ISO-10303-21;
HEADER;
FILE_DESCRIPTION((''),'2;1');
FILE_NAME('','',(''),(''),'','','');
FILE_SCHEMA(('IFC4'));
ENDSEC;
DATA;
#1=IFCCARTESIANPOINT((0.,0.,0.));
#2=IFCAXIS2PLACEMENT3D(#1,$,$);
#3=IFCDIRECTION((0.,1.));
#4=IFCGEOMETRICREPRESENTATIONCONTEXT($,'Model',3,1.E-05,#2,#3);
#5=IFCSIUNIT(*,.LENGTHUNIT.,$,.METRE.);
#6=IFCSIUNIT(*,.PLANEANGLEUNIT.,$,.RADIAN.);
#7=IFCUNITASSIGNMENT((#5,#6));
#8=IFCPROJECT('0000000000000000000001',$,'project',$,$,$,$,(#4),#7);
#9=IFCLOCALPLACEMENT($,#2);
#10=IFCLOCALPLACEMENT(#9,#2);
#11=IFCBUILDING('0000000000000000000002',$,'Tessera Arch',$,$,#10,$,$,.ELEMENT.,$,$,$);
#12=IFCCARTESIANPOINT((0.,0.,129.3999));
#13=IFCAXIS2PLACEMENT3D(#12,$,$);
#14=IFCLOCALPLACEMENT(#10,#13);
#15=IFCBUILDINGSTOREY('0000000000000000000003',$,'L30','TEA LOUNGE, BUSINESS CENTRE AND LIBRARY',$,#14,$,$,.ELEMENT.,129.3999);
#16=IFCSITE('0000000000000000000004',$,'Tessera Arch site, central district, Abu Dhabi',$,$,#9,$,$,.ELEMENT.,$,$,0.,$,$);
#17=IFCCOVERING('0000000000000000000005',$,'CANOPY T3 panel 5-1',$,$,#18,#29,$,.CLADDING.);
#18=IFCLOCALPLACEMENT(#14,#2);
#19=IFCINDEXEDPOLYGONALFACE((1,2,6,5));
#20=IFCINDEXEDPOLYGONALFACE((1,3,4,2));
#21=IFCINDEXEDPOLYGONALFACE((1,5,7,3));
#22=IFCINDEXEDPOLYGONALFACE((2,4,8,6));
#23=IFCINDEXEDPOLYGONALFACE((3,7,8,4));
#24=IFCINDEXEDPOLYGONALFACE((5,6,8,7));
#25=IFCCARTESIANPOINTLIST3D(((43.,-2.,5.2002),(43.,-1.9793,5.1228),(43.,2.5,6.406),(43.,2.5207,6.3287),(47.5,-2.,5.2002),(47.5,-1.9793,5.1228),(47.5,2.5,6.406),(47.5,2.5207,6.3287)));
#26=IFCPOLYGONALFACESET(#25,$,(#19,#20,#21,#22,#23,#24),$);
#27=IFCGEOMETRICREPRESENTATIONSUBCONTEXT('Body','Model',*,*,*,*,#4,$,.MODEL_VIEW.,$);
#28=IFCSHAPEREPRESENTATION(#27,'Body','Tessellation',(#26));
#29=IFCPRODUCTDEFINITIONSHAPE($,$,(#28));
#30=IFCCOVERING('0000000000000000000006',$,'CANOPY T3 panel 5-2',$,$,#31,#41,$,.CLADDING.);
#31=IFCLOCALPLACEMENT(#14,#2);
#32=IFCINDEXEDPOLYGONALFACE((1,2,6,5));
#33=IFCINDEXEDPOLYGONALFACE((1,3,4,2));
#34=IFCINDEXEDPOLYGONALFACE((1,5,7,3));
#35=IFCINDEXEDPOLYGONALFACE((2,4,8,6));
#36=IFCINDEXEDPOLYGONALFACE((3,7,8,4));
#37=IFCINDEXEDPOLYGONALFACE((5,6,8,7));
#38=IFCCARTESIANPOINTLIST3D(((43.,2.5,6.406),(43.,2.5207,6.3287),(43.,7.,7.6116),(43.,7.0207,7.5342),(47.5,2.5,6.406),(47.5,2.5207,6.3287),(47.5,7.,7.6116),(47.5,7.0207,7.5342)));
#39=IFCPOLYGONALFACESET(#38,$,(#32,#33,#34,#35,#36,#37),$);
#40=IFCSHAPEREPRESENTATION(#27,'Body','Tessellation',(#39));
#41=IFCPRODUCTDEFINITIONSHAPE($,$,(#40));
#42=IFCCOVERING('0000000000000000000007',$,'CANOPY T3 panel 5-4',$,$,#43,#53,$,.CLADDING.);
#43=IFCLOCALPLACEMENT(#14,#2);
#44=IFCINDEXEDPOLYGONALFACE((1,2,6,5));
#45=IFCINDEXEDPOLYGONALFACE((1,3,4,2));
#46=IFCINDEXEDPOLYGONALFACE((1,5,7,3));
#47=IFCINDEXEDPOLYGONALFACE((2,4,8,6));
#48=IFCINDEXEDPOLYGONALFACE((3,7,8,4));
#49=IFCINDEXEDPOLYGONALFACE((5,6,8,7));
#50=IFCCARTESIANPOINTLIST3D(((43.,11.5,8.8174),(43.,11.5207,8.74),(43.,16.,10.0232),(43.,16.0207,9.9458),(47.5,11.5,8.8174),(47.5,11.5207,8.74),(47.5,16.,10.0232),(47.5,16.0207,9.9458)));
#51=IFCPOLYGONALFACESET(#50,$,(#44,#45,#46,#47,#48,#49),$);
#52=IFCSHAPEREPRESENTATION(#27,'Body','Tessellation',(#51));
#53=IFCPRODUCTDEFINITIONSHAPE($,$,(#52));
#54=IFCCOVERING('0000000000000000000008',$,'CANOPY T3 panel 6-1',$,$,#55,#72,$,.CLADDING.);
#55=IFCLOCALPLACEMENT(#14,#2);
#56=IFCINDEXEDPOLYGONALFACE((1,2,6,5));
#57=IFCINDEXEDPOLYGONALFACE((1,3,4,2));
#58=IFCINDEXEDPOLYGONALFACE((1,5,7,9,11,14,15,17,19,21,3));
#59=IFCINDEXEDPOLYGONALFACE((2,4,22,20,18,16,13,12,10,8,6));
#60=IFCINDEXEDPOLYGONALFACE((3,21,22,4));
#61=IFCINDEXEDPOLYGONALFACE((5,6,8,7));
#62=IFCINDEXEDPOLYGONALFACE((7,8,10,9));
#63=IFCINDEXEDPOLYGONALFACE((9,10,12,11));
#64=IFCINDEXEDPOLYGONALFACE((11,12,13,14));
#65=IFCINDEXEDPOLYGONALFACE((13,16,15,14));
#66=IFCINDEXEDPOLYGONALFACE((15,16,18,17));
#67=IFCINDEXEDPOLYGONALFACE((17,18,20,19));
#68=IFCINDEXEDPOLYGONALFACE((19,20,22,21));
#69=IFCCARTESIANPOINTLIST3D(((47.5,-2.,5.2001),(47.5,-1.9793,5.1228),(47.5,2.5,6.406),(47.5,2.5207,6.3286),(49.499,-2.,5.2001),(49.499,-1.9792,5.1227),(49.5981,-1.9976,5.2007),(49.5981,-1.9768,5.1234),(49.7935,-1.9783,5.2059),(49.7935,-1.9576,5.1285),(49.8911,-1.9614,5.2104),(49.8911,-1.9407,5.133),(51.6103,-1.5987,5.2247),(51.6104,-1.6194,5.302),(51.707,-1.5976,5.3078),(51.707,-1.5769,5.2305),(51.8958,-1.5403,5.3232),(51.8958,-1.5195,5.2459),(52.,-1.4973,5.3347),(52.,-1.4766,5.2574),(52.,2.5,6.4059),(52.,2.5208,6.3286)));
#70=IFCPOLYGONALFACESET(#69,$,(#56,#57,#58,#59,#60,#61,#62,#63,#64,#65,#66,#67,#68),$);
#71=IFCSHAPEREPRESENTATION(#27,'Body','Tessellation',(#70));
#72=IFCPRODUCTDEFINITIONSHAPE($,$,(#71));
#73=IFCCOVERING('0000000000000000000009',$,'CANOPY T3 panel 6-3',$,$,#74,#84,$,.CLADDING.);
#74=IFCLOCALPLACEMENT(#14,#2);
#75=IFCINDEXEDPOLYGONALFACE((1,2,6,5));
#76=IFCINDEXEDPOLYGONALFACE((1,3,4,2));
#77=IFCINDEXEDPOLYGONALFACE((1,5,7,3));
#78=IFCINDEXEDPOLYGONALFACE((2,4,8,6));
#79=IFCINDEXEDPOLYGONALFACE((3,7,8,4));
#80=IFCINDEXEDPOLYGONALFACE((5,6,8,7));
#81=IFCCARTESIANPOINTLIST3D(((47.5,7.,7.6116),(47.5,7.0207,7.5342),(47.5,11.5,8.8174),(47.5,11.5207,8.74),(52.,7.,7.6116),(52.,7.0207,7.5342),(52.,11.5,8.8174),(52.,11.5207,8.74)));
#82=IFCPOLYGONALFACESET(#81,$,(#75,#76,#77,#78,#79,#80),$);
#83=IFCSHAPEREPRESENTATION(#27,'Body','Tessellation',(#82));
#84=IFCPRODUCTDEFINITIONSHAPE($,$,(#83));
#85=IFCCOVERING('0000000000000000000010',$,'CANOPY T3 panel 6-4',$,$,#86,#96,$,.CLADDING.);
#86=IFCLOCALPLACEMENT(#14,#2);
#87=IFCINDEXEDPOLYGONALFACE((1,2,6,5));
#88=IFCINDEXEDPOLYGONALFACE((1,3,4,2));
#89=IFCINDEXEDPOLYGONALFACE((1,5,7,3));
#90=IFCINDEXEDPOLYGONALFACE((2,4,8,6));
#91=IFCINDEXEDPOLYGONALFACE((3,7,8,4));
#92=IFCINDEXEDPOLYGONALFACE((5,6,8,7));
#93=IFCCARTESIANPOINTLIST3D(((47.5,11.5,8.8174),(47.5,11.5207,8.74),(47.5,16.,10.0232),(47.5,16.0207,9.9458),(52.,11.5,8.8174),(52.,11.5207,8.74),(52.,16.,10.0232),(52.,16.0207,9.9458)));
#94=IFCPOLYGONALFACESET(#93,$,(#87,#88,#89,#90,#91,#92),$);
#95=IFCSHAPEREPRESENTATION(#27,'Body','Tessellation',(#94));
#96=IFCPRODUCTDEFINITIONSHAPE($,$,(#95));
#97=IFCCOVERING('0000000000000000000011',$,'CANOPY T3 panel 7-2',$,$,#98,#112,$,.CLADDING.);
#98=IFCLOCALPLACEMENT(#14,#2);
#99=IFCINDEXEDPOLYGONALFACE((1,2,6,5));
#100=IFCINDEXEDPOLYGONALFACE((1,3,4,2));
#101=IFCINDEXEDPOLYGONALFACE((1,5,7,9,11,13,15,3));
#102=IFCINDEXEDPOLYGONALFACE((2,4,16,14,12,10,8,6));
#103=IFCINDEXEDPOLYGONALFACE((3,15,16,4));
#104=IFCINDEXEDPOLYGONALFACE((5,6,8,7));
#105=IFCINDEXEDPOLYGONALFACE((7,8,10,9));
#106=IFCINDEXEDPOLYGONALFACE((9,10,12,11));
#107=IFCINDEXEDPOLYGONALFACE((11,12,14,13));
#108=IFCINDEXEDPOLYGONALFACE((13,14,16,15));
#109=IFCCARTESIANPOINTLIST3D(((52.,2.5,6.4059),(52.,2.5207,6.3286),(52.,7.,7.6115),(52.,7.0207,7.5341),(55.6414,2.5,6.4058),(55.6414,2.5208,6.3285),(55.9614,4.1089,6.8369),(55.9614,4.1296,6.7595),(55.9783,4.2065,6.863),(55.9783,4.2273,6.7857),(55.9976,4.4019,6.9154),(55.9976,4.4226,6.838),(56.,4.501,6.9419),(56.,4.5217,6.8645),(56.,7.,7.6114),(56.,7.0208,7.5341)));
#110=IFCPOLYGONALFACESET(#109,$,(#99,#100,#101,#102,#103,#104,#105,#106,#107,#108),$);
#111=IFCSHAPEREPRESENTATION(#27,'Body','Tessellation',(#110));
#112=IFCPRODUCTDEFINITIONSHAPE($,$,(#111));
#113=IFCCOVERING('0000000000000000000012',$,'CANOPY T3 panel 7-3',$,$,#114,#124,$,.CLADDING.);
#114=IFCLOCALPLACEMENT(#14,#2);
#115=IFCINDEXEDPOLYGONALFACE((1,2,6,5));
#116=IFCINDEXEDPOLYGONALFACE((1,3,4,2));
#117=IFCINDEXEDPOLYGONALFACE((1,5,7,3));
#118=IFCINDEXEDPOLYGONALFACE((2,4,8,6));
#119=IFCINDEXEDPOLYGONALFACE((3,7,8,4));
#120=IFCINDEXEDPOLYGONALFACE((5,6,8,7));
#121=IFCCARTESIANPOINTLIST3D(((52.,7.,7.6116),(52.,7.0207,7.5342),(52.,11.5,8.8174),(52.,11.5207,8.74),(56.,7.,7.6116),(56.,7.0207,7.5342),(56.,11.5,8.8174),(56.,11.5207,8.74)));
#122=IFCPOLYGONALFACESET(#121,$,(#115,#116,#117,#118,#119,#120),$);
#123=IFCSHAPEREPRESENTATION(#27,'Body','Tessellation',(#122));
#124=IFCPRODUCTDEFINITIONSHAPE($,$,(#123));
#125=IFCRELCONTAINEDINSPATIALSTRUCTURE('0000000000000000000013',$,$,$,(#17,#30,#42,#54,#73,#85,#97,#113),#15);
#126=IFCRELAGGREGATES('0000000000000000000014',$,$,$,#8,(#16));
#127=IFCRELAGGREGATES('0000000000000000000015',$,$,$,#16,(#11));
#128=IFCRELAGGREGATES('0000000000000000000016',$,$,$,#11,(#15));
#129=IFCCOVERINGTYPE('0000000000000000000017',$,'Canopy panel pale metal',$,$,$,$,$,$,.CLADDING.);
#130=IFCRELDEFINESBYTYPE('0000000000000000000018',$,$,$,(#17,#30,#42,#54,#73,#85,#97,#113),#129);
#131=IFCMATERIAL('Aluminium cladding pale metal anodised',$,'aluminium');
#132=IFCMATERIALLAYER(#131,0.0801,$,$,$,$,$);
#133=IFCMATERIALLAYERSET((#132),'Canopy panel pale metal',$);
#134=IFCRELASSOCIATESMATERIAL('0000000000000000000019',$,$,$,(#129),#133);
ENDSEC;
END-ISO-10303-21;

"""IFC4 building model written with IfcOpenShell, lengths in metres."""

from ifc_helpers import new_model, si_unit, direction, frame, origin, place, context, subcontext, project, spatial, polyline, outline, extrude, material, layer, layer_set, type_object, element, save


model = new_model("IFC4")

# Units and contexts
model_context = context("Model", 3, precision=1e-05, world=origin(), true_north=direction((0.0, 1.0)))
body_context = subcontext(model_context, "Body", "Model", "MODEL_VIEW")
ifc_project = project(units=[si_unit("LENGTHUNIT", "METRE"), si_unit("PLANEANGLEUNIT", "RADIAN")], contexts=[model_context])

# Site, building, storey
site_placement = place(None, origin())
site = spatial("IfcSite", under=ifc_project, at=site_placement, Name="Tessera Arch site, central district, Abu Dhabi", CompositionType="ELEMENT", RefElevation=0.0)
building_placement = place(site_placement, origin())
building = spatial("IfcBuilding", under=site, at=building_placement, Name="Tessera Arch", CompositionType="ELEMENT")
storey_placement = place(building_placement, frame((0.0, 0.0, 129.3999)))
storey = spatial("IfcBuildingStorey", under=building, at=storey_placement, Name="L30", Description="TEA LOUNGE, BUSINESS CENTRE AND LIBRARY", CompositionType="ELEMENT", Elevation=129.3999)

# Coverings
ifc_material_1 = material(Name="Aluminium cladding pale metal anodised", Category="aluminium")
ifc_layer_1 = layer(ifc_material_1, 0.0801)
ifc_layer_set_1 = layer_set([ifc_layer_1], Name="Canopy panel pale metal")
covering_type_1 = type_object("IfcCoveringType", Name="Canopy panel pale metal", PredefinedType="CLADDING", material=ifc_layer_set_1)
for number, where, z_axis, x_axis, name in (
    (1, (47.5, -2.0, 5.2002), (0.0, -0.258827, 0.965924), (0.0, 0.965924, 0.258827), "CANOPY T3 panel 5-1"),
):
    element("IfcCovering", number, at=place(storey_placement, frame(where, z_axis=z_axis, x_axis=x_axis)), inside=storey, type_object=covering_type_1, Name=name, PredefinedType="CLADDING", context=body_context, shape_type="SweptSolid", body=[
        extrude(outline(polyline([(0.0, 0.0), (4.6588, 0.0), (4.6588, 4.5), (0.0, 4.5), (0.0, 0.0)])), origin(), (0.0, 0.0, -1.0), 0.0801),
    ])
covering_1_placement = place(storey_placement, frame((47.5, 2.5, 6.406), z_axis=(0.0, -0.258778, 0.965937), x_axis=(0.0, 0.965937, 0.258778)))
element("IfcCovering", 2, at=covering_1_placement, inside=storey, type_object=covering_type_1, Name="CANOPY T3 panel 5-2", PredefinedType="CLADDING", context=body_context, shape_type="SweptSolid", body=[
    extrude(outline(polyline([(0.0, 0.0), (4.6587, 0.0), (4.6587, 4.5), (0.0, 4.5), (0.0, 0.0)])), origin(), (0.0, 0.0, -1.0), 0.0801),
])
covering_2_placement = place(storey_placement, frame((47.5, 11.5, 8.8174), z_axis=(0.0, -0.258827, 0.965924), x_axis=(0.0, 0.965924, 0.258827)))
element("IfcCovering", 3, at=covering_2_placement, inside=storey, type_object=covering_type_1, Name="CANOPY T3 panel 5-4", PredefinedType="CLADDING", context=body_context, shape_type="SweptSolid", body=[
    extrude(outline(polyline([(0.0, 0.0), (4.6588, 0.0), (4.6588, 4.5), (0.0, 4.5), (0.0, 0.0)])), origin(), (0.0, 0.0, -1.0), 0.0801),
])
covering_3_placement = place(storey_placement, frame((52.0, -1.4973, 5.3347), z_axis=(0.000021, -0.258843, 0.965919), x_axis=(0.0, 0.965919, 0.258843)))
element("IfcCovering", 4, at=covering_3_placement, inside=storey, type_object=covering_type_1, Name="CANOPY T3 panel 6-1", PredefinedType="CLADDING", context=body_context, shape_type="SweptSolid", body=[
    extrude(outline(polyline([(0.0, 0.0), (4.1384, 0.0), (4.1384, 4.5), (-0.5204, 4.5), (-0.5204, 2.501), (-0.5179, 2.4019), (-0.4979, 2.2065), (-0.4805, 2.1089), (-0.1264, 0.3896), (-0.1039, 0.293), (-0.0445, 0.1042), (0.0, 0.0)])), origin(), (0.0, 0.0, -1.0), 0.0801),
])
for number, where, z_axis, x_axis, name in (
    (5, (52.0, 7.0, 7.6116), (0.0, -0.258827, 0.965924), (0.0, 0.965924, 0.258827), "CANOPY T3 panel 6-3"),
    (6, (52.0, 11.5, 8.8174), (0.0, -0.258827, 0.965924), (0.0, 0.965924, 0.258827), "CANOPY T3 panel 6-4"),
):
    element("IfcCovering", number, at=place(storey_placement, frame(where, z_axis=z_axis, x_axis=x_axis)), inside=storey, type_object=covering_type_1, Name=name, PredefinedType="CLADDING", context=body_context, shape_type="SweptSolid", body=[
        extrude(outline(polyline([(0.0, 0.0), (4.6588, 0.0), (4.6588, 4.5), (0.0, 4.5), (0.0, 0.0)])), origin(), (0.0, 0.0, -1.0), 0.0801),
    ])
covering_4_placement = place(storey_placement, frame((56.0, 4.501, 6.9419), z_axis=(0.00002, -0.258779, 0.965937), x_axis=(0.0, 0.965937, 0.258779)))
element("IfcCovering", 7, at=covering_4_placement, inside=storey, type_object=covering_type_1, Name="CANOPY T3 panel 7-2", PredefinedType="CLADDING", context=body_context, shape_type="SweptSolid", body=[
    extrude(outline(polyline([(0.0, 0.0), (2.5872, 0.0), (2.5872, 4.0), (-2.0715, 4.0), (-2.0715, 0.3586), (-0.4059, 0.0386), (-0.3048, 0.0217), (-0.1026, 0.0024), (0.0, 0.0)])), origin(), (0.0, 0.0, -1.0), 0.0801),
])
covering_5_placement = place(storey_placement, frame((56.0, 11.5, 8.8174), z_axis=(0.0, -0.258827, 0.965924), x_axis=(-1.0, 0.0, 0.0)))
element("IfcCovering", 8, at=covering_5_placement, inside=storey, type_object=covering_type_1, Name="CANOPY T3 panel 7-3", PredefinedType="CLADDING", context=body_context, shape_type="SweptSolid", body=[
    extrude(outline(polyline([(0.0, 0.0), (4.0, 0.0), (4.0, 4.6588), (0.0, 4.6588), (0.0, 0.0)])), origin(), (0.0, 0.0, -1.0), 0.0801),
])

save(model, "model.ifc")
